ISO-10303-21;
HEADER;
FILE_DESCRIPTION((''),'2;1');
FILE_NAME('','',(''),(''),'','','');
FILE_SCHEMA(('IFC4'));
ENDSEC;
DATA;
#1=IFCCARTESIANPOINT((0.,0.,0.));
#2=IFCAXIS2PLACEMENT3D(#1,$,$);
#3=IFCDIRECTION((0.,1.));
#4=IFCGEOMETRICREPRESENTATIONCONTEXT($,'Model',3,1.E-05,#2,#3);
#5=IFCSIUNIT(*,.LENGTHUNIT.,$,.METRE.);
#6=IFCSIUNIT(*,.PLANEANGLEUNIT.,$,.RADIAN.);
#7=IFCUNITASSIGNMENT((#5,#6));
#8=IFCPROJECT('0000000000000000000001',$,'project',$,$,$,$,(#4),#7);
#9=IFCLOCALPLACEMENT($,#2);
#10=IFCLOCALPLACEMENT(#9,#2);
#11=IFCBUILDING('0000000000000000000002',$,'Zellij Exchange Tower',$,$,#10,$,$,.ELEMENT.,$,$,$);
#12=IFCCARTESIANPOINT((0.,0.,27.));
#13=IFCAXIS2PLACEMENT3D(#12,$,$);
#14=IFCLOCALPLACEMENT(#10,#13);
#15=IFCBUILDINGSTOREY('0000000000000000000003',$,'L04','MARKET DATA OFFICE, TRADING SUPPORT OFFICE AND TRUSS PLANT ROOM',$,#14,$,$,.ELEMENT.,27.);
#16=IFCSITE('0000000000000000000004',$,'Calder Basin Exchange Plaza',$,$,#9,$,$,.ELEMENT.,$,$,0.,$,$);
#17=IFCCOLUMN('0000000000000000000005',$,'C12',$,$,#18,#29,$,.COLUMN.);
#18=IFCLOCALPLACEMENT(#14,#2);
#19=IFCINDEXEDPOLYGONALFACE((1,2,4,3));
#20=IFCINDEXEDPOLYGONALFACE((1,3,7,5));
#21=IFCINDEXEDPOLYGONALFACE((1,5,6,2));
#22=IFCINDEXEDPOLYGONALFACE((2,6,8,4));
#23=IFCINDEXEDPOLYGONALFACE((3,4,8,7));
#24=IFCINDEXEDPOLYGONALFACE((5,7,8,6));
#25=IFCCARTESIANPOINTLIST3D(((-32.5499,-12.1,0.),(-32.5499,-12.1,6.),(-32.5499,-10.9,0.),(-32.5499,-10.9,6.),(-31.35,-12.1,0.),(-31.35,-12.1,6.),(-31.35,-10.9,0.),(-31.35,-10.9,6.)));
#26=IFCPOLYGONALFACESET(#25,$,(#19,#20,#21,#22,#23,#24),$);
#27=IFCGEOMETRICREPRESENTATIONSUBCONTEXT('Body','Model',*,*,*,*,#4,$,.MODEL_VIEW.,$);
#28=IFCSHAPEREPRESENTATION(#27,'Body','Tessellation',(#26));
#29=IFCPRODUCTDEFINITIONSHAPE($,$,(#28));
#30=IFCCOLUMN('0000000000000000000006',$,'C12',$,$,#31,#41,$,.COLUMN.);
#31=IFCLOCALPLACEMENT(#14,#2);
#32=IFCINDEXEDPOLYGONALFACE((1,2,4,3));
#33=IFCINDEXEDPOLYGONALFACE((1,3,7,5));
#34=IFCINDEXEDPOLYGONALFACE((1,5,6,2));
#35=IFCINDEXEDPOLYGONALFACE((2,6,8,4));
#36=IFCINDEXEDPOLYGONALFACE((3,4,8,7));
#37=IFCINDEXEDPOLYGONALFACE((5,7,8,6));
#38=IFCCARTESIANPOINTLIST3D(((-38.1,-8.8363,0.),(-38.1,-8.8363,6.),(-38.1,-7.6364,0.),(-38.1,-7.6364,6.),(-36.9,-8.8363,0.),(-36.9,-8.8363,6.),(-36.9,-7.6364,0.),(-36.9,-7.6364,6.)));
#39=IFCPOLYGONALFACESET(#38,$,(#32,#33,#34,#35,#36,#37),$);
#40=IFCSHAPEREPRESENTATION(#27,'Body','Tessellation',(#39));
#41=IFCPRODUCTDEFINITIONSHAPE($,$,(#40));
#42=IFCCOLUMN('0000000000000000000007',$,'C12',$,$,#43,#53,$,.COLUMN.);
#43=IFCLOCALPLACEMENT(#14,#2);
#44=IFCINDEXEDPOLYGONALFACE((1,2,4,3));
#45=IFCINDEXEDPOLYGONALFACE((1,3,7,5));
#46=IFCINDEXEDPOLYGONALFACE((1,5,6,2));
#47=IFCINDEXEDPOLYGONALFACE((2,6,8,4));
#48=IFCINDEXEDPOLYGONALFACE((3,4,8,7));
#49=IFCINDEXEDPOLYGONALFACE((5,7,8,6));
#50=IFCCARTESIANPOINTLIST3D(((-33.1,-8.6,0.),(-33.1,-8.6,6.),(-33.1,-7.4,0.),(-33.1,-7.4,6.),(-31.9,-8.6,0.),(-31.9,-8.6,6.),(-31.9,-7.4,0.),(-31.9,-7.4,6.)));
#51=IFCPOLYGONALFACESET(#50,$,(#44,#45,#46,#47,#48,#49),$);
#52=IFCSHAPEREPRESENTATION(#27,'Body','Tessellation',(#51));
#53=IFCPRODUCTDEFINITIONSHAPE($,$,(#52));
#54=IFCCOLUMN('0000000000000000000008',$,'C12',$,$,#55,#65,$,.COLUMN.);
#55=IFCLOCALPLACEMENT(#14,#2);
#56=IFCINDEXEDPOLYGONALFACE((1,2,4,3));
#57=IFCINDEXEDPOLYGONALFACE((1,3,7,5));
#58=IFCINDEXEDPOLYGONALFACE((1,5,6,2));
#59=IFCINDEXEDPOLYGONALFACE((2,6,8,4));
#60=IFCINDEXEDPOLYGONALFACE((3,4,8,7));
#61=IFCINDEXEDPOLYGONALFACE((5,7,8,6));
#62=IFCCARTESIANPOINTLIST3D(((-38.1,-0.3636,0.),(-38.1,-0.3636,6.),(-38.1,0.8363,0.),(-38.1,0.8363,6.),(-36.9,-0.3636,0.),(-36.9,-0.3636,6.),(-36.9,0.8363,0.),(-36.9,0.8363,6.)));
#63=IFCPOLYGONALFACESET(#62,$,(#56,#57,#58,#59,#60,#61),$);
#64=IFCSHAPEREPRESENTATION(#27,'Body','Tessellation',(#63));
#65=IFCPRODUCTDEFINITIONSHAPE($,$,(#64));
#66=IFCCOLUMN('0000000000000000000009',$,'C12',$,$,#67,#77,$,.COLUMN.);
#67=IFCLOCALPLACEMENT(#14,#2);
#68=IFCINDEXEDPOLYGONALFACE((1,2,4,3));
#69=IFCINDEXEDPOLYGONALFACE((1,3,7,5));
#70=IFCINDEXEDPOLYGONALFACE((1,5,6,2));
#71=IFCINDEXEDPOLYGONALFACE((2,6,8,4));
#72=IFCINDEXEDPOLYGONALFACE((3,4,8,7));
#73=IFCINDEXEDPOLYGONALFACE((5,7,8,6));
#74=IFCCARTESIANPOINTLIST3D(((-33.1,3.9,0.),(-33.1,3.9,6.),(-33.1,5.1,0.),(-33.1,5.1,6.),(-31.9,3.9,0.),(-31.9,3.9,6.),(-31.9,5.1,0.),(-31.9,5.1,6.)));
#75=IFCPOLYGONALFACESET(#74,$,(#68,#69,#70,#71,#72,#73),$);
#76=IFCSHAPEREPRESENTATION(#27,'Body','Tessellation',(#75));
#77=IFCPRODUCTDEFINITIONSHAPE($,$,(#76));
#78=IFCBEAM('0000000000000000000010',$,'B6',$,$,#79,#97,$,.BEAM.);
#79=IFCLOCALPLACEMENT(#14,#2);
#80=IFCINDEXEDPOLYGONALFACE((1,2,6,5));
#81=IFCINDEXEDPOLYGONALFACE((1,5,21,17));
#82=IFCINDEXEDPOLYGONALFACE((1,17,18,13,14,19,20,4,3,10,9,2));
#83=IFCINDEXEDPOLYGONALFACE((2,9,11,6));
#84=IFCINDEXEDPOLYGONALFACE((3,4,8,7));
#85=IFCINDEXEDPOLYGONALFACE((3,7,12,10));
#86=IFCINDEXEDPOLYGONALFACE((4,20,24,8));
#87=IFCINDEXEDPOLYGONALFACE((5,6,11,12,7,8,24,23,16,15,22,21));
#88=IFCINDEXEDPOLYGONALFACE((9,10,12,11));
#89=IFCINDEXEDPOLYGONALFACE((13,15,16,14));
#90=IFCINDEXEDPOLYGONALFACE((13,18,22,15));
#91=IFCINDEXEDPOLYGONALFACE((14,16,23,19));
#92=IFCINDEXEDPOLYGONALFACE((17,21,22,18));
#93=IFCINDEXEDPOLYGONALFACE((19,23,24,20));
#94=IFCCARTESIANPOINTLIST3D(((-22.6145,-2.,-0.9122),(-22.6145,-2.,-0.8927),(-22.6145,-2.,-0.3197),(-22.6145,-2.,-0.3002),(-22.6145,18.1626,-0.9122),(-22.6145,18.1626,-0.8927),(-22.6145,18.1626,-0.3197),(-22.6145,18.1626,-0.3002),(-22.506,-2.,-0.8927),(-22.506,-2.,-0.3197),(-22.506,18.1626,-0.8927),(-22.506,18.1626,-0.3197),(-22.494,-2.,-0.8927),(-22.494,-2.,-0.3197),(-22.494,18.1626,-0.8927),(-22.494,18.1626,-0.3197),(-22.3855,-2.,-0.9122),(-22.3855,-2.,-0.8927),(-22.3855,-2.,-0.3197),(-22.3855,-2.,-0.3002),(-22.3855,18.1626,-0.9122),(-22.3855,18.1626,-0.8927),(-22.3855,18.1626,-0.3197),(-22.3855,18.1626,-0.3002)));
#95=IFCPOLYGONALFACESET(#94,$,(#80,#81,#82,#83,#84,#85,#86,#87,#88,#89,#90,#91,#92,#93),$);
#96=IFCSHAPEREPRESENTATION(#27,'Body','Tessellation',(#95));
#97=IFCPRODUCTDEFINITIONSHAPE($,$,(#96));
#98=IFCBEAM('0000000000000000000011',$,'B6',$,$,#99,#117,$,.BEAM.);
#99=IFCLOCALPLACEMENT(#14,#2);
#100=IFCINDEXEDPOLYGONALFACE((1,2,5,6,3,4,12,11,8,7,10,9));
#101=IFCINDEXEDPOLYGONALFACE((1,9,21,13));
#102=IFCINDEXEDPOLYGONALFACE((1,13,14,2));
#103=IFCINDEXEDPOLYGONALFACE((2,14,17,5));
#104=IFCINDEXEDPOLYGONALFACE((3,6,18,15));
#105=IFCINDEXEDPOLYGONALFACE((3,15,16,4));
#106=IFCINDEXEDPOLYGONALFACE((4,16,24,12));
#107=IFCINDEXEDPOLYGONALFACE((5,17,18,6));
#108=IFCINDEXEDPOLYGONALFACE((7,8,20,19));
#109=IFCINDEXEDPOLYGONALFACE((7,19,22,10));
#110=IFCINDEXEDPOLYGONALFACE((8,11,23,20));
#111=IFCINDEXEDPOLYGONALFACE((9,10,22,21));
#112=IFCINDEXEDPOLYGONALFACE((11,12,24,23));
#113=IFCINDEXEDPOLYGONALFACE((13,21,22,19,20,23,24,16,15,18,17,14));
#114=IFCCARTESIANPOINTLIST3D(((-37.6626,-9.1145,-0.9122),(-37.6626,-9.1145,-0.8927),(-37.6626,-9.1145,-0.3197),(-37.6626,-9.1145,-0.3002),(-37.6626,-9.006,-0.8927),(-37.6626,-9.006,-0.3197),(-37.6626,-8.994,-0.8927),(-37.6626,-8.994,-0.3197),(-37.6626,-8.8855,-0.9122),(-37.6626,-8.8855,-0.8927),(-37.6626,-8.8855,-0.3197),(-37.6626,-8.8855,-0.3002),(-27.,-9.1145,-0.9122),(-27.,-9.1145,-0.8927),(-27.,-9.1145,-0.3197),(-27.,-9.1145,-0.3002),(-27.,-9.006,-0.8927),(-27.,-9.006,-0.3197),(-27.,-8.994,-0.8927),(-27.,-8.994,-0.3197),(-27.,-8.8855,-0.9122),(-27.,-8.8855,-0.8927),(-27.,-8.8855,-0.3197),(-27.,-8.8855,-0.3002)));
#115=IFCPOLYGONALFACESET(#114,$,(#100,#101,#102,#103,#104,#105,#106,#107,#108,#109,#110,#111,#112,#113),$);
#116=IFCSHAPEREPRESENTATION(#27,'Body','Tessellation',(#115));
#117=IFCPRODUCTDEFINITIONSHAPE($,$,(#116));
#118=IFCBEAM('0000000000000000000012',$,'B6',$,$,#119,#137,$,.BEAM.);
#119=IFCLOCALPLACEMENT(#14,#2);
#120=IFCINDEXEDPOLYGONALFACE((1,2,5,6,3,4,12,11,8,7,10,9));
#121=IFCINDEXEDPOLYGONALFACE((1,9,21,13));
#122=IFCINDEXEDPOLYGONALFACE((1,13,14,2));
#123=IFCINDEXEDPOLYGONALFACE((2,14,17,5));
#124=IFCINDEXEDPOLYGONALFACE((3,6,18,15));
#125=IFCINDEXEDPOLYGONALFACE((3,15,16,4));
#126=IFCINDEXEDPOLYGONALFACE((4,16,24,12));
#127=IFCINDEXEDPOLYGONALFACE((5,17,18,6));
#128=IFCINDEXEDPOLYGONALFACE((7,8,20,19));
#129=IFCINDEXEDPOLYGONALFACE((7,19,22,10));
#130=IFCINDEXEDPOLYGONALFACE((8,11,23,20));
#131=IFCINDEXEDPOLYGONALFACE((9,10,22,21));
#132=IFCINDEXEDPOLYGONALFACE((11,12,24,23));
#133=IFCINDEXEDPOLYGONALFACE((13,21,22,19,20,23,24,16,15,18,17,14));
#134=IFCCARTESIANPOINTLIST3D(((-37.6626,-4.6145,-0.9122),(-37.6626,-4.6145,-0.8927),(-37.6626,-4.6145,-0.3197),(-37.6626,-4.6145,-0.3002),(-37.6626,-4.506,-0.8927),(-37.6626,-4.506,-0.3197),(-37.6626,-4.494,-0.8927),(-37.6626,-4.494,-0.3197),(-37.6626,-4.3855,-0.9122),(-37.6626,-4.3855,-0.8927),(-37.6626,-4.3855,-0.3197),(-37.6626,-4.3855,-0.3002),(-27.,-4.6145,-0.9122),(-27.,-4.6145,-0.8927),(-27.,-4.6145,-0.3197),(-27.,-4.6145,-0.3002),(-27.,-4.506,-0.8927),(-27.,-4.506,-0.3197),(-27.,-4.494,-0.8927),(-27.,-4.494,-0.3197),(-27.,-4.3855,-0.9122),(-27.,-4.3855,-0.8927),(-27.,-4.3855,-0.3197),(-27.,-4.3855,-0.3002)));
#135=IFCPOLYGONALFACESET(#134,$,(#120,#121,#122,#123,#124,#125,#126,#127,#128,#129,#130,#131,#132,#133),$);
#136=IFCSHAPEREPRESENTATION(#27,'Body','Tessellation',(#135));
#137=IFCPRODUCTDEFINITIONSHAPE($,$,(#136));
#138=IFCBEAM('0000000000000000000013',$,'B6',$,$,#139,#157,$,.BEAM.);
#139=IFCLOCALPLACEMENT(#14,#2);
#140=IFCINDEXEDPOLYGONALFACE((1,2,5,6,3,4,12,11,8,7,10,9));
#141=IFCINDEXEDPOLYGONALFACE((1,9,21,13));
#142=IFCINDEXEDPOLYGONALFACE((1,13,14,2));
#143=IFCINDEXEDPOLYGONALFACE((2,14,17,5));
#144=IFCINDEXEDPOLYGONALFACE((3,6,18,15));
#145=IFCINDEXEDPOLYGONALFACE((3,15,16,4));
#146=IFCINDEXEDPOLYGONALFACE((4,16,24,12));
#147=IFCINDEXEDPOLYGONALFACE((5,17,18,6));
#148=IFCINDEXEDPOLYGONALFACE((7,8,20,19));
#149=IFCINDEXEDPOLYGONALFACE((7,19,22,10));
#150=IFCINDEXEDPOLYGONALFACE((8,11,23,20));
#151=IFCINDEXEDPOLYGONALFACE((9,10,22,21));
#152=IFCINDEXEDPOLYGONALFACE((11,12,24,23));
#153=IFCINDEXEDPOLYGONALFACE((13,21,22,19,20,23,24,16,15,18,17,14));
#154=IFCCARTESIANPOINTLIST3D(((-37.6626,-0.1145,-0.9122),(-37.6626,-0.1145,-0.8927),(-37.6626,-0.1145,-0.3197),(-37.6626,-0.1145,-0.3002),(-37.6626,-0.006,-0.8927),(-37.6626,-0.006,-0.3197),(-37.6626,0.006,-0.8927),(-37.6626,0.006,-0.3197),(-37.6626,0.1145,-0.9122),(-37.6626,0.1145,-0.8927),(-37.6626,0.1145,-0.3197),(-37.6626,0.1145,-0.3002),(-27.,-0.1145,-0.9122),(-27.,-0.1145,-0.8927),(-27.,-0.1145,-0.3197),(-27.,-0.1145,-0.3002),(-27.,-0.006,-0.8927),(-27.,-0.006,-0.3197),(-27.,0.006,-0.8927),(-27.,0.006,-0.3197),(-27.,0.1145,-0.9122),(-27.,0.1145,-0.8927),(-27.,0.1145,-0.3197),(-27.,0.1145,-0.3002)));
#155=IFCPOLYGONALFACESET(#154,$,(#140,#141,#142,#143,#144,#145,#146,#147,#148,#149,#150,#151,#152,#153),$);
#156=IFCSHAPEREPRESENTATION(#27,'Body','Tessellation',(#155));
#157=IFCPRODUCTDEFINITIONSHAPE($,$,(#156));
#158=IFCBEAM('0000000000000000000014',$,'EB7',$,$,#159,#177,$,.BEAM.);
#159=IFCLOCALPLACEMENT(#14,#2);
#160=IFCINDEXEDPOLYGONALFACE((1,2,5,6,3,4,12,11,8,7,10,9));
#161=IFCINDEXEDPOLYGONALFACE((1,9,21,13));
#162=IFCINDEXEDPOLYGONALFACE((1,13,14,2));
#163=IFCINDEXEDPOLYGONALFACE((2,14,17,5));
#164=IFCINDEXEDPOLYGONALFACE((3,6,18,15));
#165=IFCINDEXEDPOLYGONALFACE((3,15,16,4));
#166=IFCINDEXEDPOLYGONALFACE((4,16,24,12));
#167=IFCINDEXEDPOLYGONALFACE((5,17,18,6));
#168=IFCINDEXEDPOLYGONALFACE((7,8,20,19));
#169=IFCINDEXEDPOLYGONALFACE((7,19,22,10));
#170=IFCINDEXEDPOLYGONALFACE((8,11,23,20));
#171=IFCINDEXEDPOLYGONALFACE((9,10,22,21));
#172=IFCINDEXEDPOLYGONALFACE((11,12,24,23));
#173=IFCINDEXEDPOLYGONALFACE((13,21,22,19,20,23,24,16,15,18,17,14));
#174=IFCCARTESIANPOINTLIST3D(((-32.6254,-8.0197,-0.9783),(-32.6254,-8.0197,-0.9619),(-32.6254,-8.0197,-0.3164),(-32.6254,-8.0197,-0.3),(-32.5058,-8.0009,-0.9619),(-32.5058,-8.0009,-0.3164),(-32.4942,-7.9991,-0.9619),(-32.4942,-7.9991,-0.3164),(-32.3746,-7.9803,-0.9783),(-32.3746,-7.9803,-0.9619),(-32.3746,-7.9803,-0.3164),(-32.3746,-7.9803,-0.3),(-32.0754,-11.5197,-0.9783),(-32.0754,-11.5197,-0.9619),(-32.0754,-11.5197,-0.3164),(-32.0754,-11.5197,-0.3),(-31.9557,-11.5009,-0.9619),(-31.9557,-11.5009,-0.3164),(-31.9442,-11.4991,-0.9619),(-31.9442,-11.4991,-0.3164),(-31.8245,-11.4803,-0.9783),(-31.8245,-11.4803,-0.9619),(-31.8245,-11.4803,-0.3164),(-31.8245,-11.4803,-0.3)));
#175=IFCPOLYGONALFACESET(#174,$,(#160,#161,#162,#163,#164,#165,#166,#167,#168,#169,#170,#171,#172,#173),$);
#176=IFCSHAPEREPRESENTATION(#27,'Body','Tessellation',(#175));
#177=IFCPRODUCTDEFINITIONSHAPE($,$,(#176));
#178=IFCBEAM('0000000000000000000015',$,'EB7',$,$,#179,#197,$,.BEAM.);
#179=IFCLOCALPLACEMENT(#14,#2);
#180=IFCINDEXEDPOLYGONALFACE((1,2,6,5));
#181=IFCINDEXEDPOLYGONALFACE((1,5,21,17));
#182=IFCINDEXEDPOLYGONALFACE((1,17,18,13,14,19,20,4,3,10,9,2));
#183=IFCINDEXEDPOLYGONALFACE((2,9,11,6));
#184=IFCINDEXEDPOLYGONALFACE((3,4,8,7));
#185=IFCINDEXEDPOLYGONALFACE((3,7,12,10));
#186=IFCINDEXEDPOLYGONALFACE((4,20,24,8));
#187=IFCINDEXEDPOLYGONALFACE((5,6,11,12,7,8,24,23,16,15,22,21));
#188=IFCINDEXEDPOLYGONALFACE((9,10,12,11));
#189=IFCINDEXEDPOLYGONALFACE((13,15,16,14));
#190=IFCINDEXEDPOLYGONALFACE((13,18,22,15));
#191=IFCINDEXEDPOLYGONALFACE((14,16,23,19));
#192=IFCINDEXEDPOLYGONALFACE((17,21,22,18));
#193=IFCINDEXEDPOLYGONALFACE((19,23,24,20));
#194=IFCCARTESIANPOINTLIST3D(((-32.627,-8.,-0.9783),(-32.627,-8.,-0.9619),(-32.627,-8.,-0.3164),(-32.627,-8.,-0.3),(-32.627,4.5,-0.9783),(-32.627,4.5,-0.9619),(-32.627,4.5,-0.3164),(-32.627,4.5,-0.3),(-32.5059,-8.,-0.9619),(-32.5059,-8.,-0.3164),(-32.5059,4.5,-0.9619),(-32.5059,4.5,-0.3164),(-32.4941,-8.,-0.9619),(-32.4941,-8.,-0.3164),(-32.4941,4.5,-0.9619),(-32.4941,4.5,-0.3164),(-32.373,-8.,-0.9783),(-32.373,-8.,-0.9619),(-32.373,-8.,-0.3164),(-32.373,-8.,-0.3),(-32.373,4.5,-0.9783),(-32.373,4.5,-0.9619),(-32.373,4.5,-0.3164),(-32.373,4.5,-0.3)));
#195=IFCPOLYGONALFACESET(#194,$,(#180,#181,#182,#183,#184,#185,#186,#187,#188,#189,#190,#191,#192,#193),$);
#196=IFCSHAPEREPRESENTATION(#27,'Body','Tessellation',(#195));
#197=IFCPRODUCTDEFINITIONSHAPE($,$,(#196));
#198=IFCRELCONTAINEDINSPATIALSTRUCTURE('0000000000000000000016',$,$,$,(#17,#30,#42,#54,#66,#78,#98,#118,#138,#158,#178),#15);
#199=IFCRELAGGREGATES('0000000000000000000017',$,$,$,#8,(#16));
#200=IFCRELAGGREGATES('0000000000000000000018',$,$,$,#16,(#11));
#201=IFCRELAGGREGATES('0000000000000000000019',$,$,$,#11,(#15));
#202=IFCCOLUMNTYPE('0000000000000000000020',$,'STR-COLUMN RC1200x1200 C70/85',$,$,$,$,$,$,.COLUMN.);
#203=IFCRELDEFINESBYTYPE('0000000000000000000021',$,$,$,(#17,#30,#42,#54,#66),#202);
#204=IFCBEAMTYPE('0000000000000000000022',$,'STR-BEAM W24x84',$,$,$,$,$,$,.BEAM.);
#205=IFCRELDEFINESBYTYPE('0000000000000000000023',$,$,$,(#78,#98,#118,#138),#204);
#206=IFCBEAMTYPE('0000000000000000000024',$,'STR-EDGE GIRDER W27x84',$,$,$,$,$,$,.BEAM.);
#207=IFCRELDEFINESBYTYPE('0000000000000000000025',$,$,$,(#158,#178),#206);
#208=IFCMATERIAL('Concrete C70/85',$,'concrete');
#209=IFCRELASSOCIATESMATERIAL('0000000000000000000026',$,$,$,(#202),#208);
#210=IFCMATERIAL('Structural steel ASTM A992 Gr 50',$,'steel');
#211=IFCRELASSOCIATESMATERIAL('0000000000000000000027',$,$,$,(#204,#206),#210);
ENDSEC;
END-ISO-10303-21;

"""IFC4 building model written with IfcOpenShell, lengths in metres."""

from ifc_helpers import new_model, si_unit, direction, frame, origin, origin_2d, place, context, subcontext, project, spatial, rectangle, i_section, extrude, material, material_profile, profile_set, type_object, element, save


model = new_model("IFC4")

# Units and contexts
model_context = context("Model", 3, precision=1e-05, world=origin(), true_north=direction((0.0, 1.0)))
body_context = subcontext(model_context, "Body", "Model", "MODEL_VIEW")
ifc_project = project(units=[si_unit("LENGTHUNIT", "METRE"), si_unit("PLANEANGLEUNIT", "RADIAN")], contexts=[model_context])

# Site, building, storey
site_placement = place(None, origin())
site = spatial("IfcSite", under=ifc_project, at=site_placement, Name="Calder Basin Exchange Plaza", CompositionType="ELEMENT", RefElevation=0.0)
building_placement = place(site_placement, origin())
building = spatial("IfcBuilding", under=site, at=building_placement, Name="Zellij Exchange Tower", CompositionType="ELEMENT")
storey_placement = place(building_placement, frame((0.0, 0.0, 27.0)))
storey = spatial("IfcBuildingStorey", under=building, at=storey_placement, Name="L04", Description="MARKET DATA OFFICE, TRADING SUPPORT OFFICE AND TRUSS PLANT ROOM", CompositionType="ELEMENT", Elevation=27.0)

# Columns
ifc_material_1 = material(Name="Concrete C70/85", Category="concrete")
ifc_material_profile_1 = material_profile(ifc_material_1, rectangle(XDim=1.2, YDim=1.2, at=origin_2d()), Name="STR-COLUMN RC1200x1200 C70/85")
ifc_profile_set_1 = profile_set([ifc_material_profile_1], Name="Concrete C70/85")
column_type = type_object("IfcColumnType", Name="STR-COLUMN RC1200x1200 C70/85", PredefinedType="COLUMN", material=ifc_profile_set_1)
for number, where, z_axis, x_axis, name in (
    (1, (-31.95, -11.5, 0.0), (0.0, 0.0, 1.0), (1.0, 0.0, 0.0), "C12"),
    (2, (-37.5, -8.2363, 0.0), (0.0, 0.0, 1.0), (1.0, 0.0, 0.0), "C12"),
    (3, (-32.5, -8.0, 0.0), (0.0, 0.0, 1.0), (1.0, 0.0, 0.0), "C12"),
    (4, (-37.5, 0.2363, 0.0), (0.0, 0.0, 1.0), (1.0, 0.0, 0.0), "C12"),
    (5, (-32.5, 4.5, 0.0), (0.0, 0.0, 1.0), (1.0, 0.0, 0.0), "C12"),
):
    element("IfcColumn", number, at=place(storey_placement, frame(where, z_axis=z_axis, x_axis=x_axis)), inside=storey, type_object=column_type, Name=name, PredefinedType="COLUMN", context=body_context, shape_type="SweptSolid", body=[
        extrude(rectangle(XDim=1.2, YDim=1.2, at=origin_2d()), origin(), (0.0, 0.0, 1.0), 6.0),
    ])

# Beams
ifc_material_2 = material(Name="Structural steel ASTM A992 Gr 50", Category="steel")
ifc_material_profile_2 = material_profile(ifc_material_2, i_section(OverallWidth=0.229, OverallDepth=0.6121, WebThickness=0.012, FlangeThickness=0.0195, at=origin_2d()), Name="W24x84")
ifc_profile_set_2 = profile_set([ifc_material_profile_2], Name="Structural steel ASTM A992 Gr 50")
beam_type_1 = type_object("IfcBeamType", Name="STR-BEAM W24x84", PredefinedType="BEAM", material=ifc_profile_set_2)
beam_1_placement = place(storey_placement, frame((-22.5, -2.0, -0.6062), z_axis=(0.0, 1.0, 0.0), x_axis=(-1.0, 0.0, 0.0)))
element("IfcBeam", 6, at=beam_1_placement, inside=storey, type_object=beam_type_1, Name="B6", PredefinedType="BEAM", context=body_context, shape_type="SweptSolid", body=[
    extrude(i_section(OverallWidth=0.229, OverallDepth=0.6121, WebThickness=0.012, FlangeThickness=0.0195, at=origin_2d()), origin(), (0.0, 0.0, 1.0), 20.1626),
])
for number, where, z_axis, x_axis, name in (
    (7, (-37.6626, -9.0, -0.6062), (1.0, 0.0, 0.0), (0.0, 1.0, 0.0), "B6"),
    (8, (-37.6626, -4.5, -0.6062), (1.0, 0.0, 0.0), (0.0, 1.0, 0.0), "B6"),
    (9, (-37.6626, 0.0, -0.6062), (1.0, 0.0, 0.0), (0.0, 1.0, 0.0), "B6"),
):
    element("IfcBeam", number, at=place(storey_placement, frame(where, z_axis=z_axis, x_axis=x_axis)), inside=storey, type_object=beam_type_1, Name=name, PredefinedType="BEAM", context=body_context, shape_type="SweptSolid", body=[
        extrude(i_section(OverallWidth=0.229, OverallDepth=0.6121, WebThickness=0.012, FlangeThickness=0.0195, at=origin_2d()), origin(), (0.0, 0.0, 1.0), 10.6626),
    ])
ifc_material_profile_3 = material_profile(ifc_material_2, i_section(OverallWidth=0.2539, OverallDepth=0.6782, WebThickness=0.0117, FlangeThickness=0.0164, at=origin_2d()), Name="W27x84")
ifc_profile_set_3 = profile_set([ifc_material_profile_3], Name="Structural steel ASTM A992 Gr 50")
beam_type_2 = type_object("IfcBeamType", Name="STR-EDGE GIRDER W27x84", PredefinedType="BEAM", material=ifc_profile_set_3)
beam_2_placement = place(storey_placement, frame((-31.95, -11.5, -0.6392), z_axis=(-0.155251, 0.987875, 0.0), x_axis=(-0.987875, -0.155251, 0.0)))
element("IfcBeam", 10, at=beam_2_placement, inside=storey, type_object=beam_type_2, Name="EB7", PredefinedType="BEAM", context=body_context, shape_type="SweptSolid", body=[
    extrude(i_section(OverallWidth=0.2539, OverallDepth=0.6782, WebThickness=0.0117, FlangeThickness=0.0164, at=origin_2d()), origin(), (0.0, 0.0, 1.0), 3.543),
])
beam_3_placement = place(storey_placement, frame((-32.5, -8.0, -0.6392), z_axis=(0.0, 1.0, 0.0), x_axis=(-1.0, 0.0, 0.0)))
element("IfcBeam", 11, at=beam_3_placement, inside=storey, type_object=beam_type_2, Name="EB7", PredefinedType="BEAM", context=body_context, shape_type="SweptSolid", body=[
    extrude(i_section(OverallWidth=0.2539, OverallDepth=0.6782, WebThickness=0.0117, FlangeThickness=0.0164, at=origin_2d()), origin(), (0.0, 0.0, 1.0), 12.5),
])

save(model, "model.ifc")
